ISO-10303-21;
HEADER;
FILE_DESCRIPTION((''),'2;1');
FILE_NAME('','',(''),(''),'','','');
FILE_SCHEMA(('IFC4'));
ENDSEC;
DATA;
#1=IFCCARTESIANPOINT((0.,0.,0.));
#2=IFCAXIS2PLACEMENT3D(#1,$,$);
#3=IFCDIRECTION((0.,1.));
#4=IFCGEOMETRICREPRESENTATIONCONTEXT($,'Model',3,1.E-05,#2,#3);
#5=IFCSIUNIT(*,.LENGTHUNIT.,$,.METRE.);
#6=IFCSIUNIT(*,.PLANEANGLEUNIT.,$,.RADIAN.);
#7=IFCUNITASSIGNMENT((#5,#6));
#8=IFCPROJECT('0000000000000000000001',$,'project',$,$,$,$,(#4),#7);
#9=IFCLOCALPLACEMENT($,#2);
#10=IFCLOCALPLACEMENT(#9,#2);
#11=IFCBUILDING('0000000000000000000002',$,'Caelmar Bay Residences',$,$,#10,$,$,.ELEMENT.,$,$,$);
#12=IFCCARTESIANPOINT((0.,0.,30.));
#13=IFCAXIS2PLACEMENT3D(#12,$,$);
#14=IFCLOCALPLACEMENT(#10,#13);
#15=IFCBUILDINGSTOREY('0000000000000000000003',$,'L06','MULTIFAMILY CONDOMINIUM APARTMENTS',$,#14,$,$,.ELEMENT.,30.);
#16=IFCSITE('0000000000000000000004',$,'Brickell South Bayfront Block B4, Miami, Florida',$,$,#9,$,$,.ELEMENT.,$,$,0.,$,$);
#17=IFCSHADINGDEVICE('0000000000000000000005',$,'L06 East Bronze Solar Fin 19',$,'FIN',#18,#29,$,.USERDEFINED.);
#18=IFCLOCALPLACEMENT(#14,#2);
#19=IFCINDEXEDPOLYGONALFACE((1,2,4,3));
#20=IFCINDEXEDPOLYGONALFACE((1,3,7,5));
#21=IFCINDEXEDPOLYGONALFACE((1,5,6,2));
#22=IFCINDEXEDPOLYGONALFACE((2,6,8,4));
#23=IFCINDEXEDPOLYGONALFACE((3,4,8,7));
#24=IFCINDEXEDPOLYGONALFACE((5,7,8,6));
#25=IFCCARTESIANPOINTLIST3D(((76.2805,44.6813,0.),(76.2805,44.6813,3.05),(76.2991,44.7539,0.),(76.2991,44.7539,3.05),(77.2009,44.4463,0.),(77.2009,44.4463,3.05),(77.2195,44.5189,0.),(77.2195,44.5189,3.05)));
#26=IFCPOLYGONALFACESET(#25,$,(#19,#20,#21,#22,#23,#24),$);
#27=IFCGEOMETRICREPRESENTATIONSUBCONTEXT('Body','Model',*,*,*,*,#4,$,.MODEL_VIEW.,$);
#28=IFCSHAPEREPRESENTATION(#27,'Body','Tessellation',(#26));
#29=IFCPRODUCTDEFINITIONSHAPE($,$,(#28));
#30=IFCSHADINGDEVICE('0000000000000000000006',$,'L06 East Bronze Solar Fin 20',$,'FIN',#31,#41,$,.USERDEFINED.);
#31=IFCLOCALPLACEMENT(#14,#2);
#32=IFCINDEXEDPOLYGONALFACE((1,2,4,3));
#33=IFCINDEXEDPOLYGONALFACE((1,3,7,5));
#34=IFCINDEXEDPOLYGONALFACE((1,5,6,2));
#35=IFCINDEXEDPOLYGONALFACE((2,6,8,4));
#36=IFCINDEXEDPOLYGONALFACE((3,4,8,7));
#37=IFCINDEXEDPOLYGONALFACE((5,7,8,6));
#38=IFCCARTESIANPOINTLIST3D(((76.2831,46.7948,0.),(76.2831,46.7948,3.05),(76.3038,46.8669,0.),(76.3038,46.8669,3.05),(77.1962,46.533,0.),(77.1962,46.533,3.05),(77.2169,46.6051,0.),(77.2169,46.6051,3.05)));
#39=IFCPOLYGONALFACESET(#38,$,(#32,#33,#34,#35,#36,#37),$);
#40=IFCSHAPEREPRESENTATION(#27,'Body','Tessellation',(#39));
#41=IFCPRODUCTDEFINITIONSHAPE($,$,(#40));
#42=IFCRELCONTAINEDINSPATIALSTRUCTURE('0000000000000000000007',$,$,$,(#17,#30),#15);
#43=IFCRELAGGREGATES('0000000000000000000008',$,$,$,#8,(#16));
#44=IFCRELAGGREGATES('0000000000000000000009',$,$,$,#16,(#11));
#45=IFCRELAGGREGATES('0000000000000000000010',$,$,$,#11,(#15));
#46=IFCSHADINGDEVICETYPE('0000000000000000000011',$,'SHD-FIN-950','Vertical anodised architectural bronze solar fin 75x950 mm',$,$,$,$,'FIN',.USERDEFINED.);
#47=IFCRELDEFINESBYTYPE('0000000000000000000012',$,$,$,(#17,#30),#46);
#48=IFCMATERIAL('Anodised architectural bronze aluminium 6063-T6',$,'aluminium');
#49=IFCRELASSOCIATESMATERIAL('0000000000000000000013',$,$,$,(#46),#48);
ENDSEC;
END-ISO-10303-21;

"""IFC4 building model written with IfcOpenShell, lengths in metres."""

from ifc_helpers import new_model, si_unit, direction, frame, origin, origin_2d, place, context, subcontext, project, spatial, rectangle, extrude, material, material_profile, profile_set, type_object, element, save


model = new_model("IFC4")

# Units and contexts
model_context = context("Model", 3, precision=1e-05, world=origin(), true_north=direction((0.0, 1.0)))
body_context = subcontext(model_context, "Body", "Model", "MODEL_VIEW")
ifc_project = project(units=[si_unit("LENGTHUNIT", "METRE"), si_unit("PLANEANGLEUNIT", "RADIAN")], contexts=[model_context])

# Site, building, storey
site_placement = place(None, origin())
site = spatial("IfcSite", under=ifc_project, at=site_placement, Name="Brickell South Bayfront Block B4, Miami, Florida", CompositionType="ELEMENT", RefElevation=0.0)
building_placement = place(site_placement, origin())
building = spatial("IfcBuilding", under=site, at=building_placement, Name="Caelmar Bay Residences", CompositionType="ELEMENT")
storey_placement = place(building_placement, frame((0.0, 0.0, 30.0)))
storey = spatial("IfcBuildingStorey", under=building, at=storey_placement, Name="L06", Description="MULTIFAMILY CONDOMINIUM APARTMENTS", CompositionType="ELEMENT", Elevation=30.0)

# Shading devices
ifc_material_1 = material(Name="Anodised architectural bronze aluminium 6063-T6", Category="aluminium")
ifc_material_profile_1 = material_profile(ifc_material_1, rectangle(XDim=0.075, YDim=0.95, at=origin_2d()), Name="BRONZE-FIN-75X950")
ifc_profile_set_1 = profile_set([ifc_material_profile_1], Name="Anodised architectural bronze aluminium 6063-T6")
shading_device_type = type_object("IfcShadingDeviceType", Name="SHD-FIN-950", Description="Vertical anodised architectural bronze solar fin 75x950 mm", ElementType="FIN", PredefinedType="USERDEFINED", material=ifc_profile_set_1)
for number, where, z_axis, x_axis, name in (
    (1, (76.75, 44.6001, 0.0), (0.0, 0.0, 1.0), (0.247337, 0.968929, 0.0), "L06 East Bronze Solar Fin 19"),
    (2, (76.75, 46.7, 0.0), (0.0, 0.0, 1.0), (0.275637, 0.961262, 0.0), "L06 East Bronze Solar Fin 20"),
):
    element("IfcShadingDevice", number, at=place(storey_placement, frame(where, z_axis=z_axis, x_axis=x_axis)), inside=storey, type_object=shading_device_type, Name=name, ObjectType="FIN", PredefinedType="USERDEFINED", context=body_context, shape_type="SweptSolid", body=[
        extrude(rectangle(XDim=0.075, YDim=0.95, at=origin_2d()), origin(), (0.0, 0.0, 1.0), 3.05),
    ])

save(model, "model.ifc")
